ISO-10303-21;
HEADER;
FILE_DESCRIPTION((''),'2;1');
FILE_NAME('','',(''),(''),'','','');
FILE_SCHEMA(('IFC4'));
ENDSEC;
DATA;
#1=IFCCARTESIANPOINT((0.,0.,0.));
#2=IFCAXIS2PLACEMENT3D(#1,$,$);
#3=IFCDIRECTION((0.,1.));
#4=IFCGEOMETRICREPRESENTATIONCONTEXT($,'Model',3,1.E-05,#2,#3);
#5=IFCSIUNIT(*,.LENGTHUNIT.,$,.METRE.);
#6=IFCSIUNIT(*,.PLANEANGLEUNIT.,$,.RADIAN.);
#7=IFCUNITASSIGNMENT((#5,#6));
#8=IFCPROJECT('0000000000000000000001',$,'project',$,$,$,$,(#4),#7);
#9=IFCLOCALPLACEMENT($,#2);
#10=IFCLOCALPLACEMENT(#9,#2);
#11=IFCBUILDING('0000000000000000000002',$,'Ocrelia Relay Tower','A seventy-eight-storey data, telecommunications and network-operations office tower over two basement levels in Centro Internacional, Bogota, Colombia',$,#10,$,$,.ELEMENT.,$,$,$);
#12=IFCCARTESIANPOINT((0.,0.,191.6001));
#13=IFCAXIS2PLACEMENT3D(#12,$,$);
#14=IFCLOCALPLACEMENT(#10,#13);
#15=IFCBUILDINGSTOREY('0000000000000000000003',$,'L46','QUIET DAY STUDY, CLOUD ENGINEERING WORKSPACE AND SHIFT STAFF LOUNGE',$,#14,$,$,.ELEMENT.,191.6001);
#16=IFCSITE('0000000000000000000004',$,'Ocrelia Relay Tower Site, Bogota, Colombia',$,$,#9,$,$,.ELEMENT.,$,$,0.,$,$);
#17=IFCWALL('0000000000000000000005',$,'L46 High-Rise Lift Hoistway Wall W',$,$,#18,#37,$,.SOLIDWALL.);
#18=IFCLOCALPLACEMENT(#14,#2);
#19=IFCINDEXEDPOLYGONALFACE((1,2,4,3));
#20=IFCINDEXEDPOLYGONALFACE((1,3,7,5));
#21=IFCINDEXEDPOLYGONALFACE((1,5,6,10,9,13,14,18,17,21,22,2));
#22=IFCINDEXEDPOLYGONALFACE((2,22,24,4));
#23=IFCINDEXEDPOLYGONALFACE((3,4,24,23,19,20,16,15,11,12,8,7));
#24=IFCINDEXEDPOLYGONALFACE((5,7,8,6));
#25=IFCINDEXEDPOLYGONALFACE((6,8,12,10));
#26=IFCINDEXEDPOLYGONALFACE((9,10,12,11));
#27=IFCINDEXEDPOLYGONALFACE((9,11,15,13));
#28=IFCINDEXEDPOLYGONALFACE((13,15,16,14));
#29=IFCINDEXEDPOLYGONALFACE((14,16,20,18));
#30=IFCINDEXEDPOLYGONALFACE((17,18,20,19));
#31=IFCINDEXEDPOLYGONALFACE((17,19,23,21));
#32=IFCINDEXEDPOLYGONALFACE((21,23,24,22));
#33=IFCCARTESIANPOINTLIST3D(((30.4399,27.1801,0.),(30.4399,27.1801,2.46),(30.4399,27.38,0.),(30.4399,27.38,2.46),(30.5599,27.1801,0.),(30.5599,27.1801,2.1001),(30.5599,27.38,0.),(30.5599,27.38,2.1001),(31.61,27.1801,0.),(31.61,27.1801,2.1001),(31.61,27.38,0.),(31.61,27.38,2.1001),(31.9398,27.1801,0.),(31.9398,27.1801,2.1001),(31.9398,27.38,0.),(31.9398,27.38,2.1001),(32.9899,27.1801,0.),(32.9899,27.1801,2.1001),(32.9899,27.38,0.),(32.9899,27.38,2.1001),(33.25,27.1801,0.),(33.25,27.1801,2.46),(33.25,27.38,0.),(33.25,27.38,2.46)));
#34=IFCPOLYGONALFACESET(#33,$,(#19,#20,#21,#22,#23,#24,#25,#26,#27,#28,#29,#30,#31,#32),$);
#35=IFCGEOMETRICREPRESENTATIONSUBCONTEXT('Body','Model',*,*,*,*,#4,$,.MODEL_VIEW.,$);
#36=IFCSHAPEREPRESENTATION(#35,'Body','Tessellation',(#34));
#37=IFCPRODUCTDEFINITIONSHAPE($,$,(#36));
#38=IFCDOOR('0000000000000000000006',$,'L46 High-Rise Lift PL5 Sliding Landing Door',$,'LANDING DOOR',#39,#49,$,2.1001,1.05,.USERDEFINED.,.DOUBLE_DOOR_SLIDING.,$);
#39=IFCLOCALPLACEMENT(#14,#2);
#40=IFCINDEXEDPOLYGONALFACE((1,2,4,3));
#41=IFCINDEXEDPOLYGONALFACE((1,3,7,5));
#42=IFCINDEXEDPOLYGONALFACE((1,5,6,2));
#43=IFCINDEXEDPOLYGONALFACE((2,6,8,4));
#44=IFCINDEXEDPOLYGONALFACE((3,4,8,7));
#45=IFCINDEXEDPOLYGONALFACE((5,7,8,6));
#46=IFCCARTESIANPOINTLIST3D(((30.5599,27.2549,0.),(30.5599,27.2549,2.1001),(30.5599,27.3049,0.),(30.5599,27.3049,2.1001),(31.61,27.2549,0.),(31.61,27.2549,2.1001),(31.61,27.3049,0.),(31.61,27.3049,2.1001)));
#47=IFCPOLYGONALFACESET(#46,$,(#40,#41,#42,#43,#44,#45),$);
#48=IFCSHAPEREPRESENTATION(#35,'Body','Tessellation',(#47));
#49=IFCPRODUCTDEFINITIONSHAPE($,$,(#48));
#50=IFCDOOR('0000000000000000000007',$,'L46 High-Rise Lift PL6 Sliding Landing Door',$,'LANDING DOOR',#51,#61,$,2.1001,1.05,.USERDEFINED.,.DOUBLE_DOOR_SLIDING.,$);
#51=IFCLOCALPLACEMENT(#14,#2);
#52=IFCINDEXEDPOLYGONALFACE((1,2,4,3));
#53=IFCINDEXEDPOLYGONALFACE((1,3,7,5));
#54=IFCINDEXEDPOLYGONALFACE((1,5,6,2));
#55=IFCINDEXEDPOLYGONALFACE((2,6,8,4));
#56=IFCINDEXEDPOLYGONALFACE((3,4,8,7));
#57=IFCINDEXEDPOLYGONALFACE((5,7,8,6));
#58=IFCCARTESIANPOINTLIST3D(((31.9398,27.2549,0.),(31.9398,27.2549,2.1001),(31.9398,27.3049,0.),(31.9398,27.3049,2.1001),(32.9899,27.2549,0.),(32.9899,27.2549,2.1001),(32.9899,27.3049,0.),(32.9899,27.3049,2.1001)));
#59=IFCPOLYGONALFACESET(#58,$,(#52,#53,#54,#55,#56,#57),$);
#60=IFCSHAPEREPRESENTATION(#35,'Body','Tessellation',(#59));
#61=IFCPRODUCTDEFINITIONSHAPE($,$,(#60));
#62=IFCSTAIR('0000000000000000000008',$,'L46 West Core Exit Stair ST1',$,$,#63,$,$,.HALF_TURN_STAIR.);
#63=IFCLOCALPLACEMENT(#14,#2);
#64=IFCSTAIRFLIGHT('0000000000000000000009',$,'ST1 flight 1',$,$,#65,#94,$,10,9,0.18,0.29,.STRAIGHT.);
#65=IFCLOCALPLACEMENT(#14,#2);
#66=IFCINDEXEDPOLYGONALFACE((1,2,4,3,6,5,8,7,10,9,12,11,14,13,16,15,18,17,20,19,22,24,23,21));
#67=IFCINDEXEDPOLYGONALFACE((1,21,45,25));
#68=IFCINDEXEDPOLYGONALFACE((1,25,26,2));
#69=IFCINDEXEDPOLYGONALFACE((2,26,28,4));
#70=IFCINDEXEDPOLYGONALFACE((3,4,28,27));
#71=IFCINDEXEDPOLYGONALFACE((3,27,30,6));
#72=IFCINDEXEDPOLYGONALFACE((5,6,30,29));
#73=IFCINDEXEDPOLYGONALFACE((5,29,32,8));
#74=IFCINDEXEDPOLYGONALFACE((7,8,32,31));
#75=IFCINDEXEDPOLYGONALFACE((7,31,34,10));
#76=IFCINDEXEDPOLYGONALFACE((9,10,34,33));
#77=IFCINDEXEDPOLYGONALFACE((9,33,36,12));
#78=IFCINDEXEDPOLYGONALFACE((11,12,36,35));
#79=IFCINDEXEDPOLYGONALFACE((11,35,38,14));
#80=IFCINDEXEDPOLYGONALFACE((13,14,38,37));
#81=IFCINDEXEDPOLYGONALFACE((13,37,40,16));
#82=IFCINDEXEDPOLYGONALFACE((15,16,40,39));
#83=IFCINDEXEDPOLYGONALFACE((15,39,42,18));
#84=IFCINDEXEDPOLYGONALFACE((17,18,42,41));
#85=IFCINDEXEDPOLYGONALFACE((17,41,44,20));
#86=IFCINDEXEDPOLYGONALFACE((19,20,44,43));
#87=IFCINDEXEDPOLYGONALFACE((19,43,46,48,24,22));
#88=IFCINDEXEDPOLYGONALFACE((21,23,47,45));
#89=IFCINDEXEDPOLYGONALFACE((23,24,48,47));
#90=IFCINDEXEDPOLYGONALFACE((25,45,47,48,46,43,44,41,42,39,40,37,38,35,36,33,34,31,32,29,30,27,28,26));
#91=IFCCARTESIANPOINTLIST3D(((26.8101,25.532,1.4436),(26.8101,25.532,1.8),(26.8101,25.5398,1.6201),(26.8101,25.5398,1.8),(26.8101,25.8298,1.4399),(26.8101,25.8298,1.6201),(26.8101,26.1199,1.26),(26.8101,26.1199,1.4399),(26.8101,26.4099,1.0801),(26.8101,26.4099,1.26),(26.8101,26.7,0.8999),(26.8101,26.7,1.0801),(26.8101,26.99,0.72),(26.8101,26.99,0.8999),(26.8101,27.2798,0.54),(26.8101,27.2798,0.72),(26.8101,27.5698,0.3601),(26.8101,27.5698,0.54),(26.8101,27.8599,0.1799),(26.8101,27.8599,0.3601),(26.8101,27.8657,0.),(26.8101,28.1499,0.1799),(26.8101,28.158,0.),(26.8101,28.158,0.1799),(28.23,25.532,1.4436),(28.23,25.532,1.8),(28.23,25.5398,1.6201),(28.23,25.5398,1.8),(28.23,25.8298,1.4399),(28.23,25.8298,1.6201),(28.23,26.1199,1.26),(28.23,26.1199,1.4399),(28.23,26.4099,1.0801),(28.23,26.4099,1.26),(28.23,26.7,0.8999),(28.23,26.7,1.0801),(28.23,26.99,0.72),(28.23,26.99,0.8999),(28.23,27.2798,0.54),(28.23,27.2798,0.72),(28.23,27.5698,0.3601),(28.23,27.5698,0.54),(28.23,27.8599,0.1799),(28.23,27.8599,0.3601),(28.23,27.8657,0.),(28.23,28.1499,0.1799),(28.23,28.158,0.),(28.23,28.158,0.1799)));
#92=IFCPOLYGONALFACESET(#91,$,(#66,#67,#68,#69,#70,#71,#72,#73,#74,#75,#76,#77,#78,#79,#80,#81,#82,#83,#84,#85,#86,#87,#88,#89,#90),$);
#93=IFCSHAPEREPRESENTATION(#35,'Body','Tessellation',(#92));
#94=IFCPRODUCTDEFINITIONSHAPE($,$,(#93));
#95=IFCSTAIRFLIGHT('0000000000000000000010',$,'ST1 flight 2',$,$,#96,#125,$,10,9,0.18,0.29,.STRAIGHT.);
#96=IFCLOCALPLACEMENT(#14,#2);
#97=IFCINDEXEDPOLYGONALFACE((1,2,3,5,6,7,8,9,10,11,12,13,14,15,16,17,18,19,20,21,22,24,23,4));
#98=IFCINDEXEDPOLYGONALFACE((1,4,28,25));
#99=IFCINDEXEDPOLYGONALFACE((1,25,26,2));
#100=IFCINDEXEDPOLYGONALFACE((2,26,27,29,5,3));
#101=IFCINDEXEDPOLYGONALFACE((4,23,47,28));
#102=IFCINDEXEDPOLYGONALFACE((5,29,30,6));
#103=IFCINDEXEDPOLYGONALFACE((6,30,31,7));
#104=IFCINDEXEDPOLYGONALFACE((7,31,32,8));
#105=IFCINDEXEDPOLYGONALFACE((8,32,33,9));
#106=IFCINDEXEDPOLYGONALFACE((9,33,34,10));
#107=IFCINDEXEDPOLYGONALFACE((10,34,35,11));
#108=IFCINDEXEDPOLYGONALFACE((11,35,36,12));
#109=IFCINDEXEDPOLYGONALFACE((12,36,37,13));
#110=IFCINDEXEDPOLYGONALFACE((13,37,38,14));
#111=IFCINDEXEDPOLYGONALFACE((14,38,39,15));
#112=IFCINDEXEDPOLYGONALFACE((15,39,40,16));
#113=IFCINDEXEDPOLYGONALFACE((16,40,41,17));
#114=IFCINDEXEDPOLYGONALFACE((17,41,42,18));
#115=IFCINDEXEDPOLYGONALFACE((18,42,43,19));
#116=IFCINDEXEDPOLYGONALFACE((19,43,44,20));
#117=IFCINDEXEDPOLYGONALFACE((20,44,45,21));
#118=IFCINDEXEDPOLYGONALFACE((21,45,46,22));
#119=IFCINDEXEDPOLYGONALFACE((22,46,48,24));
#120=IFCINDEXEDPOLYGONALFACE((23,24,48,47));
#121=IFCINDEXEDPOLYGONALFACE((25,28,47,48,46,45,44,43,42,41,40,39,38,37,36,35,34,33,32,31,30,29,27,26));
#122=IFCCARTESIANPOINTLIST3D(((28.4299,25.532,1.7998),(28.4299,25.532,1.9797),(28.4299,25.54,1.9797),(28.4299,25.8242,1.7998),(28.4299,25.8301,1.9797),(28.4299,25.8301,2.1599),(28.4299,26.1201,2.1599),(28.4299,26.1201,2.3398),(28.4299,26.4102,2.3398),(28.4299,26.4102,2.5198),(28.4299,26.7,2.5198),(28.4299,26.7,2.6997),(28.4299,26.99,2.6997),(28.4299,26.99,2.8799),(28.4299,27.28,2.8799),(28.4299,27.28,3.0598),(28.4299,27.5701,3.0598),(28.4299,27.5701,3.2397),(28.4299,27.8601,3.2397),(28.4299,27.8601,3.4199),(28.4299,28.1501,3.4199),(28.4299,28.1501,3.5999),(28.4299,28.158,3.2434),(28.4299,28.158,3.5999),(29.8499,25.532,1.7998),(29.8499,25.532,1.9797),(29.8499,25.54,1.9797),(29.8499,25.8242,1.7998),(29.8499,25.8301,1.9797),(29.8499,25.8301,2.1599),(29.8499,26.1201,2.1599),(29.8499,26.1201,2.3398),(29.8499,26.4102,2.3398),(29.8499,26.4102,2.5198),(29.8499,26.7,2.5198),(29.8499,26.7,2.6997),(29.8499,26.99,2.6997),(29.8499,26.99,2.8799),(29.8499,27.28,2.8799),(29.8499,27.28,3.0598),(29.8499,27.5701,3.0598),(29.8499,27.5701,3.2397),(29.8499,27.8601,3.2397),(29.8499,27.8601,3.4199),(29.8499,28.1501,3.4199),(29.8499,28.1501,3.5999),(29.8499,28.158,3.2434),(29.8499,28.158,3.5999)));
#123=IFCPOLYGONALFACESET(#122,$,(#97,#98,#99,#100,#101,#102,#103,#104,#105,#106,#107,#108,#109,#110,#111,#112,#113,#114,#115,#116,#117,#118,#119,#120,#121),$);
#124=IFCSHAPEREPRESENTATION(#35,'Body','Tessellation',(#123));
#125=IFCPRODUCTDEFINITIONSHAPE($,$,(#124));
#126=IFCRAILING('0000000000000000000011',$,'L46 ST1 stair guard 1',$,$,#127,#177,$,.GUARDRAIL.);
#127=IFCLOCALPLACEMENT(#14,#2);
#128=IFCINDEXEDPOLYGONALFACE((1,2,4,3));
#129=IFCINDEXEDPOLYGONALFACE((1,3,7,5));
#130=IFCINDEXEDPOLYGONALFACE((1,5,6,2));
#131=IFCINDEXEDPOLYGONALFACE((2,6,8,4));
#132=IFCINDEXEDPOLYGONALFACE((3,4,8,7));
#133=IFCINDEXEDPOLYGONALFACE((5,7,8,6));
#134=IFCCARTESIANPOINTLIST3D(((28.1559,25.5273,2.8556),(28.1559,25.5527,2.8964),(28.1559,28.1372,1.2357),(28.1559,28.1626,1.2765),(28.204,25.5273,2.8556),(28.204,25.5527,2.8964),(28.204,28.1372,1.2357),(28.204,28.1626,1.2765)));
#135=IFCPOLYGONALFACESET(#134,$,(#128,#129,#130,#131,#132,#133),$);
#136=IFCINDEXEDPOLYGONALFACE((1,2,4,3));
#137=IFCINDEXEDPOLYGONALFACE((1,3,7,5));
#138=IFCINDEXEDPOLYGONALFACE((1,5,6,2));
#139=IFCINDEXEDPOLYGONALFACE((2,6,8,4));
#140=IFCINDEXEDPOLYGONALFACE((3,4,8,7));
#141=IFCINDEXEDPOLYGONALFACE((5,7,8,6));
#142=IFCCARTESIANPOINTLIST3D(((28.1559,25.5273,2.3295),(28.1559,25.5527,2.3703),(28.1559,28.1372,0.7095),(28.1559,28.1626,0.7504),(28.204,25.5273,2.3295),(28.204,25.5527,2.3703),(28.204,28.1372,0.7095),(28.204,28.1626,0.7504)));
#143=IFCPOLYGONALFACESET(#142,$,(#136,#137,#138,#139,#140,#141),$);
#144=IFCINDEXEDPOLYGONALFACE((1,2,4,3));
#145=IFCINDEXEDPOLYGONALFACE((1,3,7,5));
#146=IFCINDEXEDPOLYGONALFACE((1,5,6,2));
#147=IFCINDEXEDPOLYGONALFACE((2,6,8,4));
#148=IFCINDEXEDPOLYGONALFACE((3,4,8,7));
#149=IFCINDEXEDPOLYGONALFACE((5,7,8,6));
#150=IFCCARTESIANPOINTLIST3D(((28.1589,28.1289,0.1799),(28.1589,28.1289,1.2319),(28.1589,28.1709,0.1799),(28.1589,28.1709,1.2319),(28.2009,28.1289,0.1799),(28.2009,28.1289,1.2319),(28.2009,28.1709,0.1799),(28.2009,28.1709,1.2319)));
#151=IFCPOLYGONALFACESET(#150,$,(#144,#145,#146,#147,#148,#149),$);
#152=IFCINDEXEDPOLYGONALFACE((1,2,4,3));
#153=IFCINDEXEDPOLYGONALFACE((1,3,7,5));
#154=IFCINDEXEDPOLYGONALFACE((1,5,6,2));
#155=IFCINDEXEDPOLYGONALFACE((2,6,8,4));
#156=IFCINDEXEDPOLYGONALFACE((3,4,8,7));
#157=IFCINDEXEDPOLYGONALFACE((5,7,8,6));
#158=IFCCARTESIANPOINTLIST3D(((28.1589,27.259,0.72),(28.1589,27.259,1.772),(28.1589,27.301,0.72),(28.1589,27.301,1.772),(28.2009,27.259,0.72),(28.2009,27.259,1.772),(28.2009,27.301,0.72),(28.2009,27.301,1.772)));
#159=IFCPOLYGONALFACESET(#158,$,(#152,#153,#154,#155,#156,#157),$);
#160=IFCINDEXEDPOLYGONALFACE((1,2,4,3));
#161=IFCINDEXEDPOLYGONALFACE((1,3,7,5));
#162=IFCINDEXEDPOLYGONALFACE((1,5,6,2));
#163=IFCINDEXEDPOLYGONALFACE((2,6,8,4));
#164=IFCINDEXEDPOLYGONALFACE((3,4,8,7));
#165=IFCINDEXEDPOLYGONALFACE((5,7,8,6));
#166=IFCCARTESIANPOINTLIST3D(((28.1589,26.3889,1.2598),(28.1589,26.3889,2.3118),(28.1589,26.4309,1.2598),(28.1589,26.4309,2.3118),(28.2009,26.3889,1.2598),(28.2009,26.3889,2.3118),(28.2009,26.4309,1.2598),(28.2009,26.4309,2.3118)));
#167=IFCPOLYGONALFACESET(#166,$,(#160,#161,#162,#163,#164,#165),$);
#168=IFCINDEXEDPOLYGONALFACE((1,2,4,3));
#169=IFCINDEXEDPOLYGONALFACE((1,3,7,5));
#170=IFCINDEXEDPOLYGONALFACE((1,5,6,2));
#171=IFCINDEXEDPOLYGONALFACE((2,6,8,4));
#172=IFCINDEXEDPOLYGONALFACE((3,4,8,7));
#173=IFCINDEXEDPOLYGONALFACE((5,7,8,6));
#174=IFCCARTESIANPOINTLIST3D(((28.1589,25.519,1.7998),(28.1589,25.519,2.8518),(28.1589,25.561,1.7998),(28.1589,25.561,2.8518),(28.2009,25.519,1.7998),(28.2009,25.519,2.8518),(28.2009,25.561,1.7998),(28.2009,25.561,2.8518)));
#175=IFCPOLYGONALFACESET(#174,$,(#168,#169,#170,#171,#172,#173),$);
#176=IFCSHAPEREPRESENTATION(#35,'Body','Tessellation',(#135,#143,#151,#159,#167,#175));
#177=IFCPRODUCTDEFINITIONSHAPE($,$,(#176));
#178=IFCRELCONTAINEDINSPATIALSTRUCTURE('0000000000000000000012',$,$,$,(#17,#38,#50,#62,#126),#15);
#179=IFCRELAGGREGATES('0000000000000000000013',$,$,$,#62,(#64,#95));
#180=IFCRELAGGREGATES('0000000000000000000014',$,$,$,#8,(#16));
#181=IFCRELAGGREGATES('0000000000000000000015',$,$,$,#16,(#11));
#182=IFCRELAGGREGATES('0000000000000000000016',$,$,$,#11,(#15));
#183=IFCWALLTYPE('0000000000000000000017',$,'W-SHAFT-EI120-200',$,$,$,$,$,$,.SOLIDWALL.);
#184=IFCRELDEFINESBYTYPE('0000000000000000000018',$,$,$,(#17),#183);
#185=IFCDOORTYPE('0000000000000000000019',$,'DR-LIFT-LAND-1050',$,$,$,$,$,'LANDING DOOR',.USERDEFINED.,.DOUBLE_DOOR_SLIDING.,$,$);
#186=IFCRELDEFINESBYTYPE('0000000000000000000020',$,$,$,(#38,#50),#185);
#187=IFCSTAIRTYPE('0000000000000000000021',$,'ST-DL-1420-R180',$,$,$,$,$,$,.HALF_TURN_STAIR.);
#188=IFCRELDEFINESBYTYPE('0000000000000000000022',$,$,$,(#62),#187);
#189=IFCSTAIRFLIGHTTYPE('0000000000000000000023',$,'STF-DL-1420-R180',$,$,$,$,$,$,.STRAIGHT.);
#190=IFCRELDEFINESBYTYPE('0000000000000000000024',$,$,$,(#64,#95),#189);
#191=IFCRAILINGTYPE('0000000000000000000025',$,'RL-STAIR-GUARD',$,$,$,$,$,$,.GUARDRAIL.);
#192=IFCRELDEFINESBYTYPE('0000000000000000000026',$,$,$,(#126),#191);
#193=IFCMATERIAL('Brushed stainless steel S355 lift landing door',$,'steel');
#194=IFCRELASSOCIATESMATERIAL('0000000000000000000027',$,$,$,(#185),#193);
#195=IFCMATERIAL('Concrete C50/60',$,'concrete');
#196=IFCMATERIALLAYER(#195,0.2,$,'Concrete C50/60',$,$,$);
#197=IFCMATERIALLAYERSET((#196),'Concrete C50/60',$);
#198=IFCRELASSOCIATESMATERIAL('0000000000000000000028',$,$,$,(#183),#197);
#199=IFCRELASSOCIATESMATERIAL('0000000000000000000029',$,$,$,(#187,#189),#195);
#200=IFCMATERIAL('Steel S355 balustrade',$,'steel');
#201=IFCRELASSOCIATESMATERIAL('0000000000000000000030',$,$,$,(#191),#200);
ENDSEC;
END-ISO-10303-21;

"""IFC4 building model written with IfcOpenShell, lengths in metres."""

from ifc_helpers import new_model, si_unit, direction, frame, frame_2d, origin, origin_2d, place, context, subcontext, project, spatial, polyline, rectangle, outline, extrude, material, layer, layer_set, type_object, element, fill, aggregate, save


model = new_model("IFC4")

# Units and contexts
model_context = context("Model", 3, precision=1e-05, world=origin(), true_north=direction((0.0, 1.0)))
body_context = subcontext(model_context, "Body", "Model", "MODEL_VIEW")
ifc_project = project(units=[si_unit("LENGTHUNIT", "METRE"), si_unit("PLANEANGLEUNIT", "RADIAN")], contexts=[model_context])

# Site, building, storey
site_placement = place(None, origin())
site = spatial("IfcSite", under=ifc_project, at=site_placement, Name="Ocrelia Relay Tower Site, Bogota, Colombia", CompositionType="ELEMENT", RefElevation=0.0)
building_placement = place(site_placement, origin())
building = spatial("IfcBuilding", under=site, at=building_placement, Name="Ocrelia Relay Tower", Description="A seventy-eight-storey data, telecommunications and network-operations office tower over two basement levels in Centro Internacional, Bogota, Colombia", CompositionType="ELEMENT")
storey_placement = place(building_placement, frame((0.0, 0.0, 191.6001)))
storey = spatial("IfcBuildingStorey", under=building, at=storey_placement, Name="L46", Description="QUIET DAY STUDY, CLOUD ENGINEERING WORKSPACE AND SHIFT STAFF LOUNGE", CompositionType="ELEMENT", Elevation=191.6001)

# Shared definitions
ifc_material_1 = material(Name="Concrete C50/60", Category="concrete")

# Shared definitions
ifc_material_2 = material(Name="Brushed stainless steel S355 lift landing door", Category="steel")
door_type_1 = type_object("IfcDoorType", Name="DR-LIFT-LAND-1050", ElementType="LANDING DOOR", OperationType="DOUBLE_DOOR_SLIDING", PredefinedType="USERDEFINED", material=ifc_material_2)

# Wall, openings, doors
ifc_layer_1 = layer(ifc_material_1, 0.2, Name="Concrete C50/60")
ifc_layer_set_1 = layer_set([ifc_layer_1], Name="Concrete C50/60")
wall_type_1 = type_object("IfcWallType", Name="W-SHAFT-EI120-200", PredefinedType="SOLIDWALL", material=ifc_layer_set_1)
wall_1_placement = place(storey_placement, frame((30.4399, 27.28, 0.0), z_axis=(0.0, 0.0, 1.0), x_axis=(1.0, 0.0, 0.0)))
wall_1 = element("IfcWall", 1, at=wall_1_placement, inside=storey, type_object=wall_type_1, Name="L46 High-Rise Lift Hoistway Wall W", PredefinedType="SOLIDWALL", context=body_context, shape_type="SweptSolid", body=[
    extrude(rectangle(XDim=2.8101, YDim=0.2, at=frame_2d((1.405, 0.0))), origin(), (0.0, 0.0, 1.0), 2.46),
])
opening_1_placement = place(wall_1_placement, frame((0.1201, 0.0, 0.0)))
opening_1 = element("IfcOpeningElement", 2, at=opening_1_placement, cuts=wall_1, PredefinedType="OPENING", context=body_context, shape_type="SweptSolid", body=[
    extrude(rectangle(XDim=1.05, YDim=2.1001, at=frame_2d((0.5249, 1.05))), frame((0.0, 0.1099, 0.0), z_axis=(0.0, -1.0, 0.0), x_axis=(1.0, 0.0, 0.0)), (0.0, 0.0, 1.0), 0.22),
])
opening_2_placement = place(wall_1_placement, frame((1.5, 0.0, 0.0)))
opening_2 = element("IfcOpeningElement", 3, at=opening_2_placement, cuts=wall_1, PredefinedType="OPENING", context=body_context, shape_type="SweptSolid", body=[
    extrude(rectangle(XDim=1.05, YDim=2.1001, at=frame_2d((0.5249, 1.05))), frame((0.0, 0.1099, 0.0), z_axis=(0.0, -1.0, 0.0), x_axis=(1.0, 0.0, 0.0)), (0.0, 0.0, 1.0), 0.22),
])
door_1_placement = place(opening_1_placement, origin())
door_1 = element("IfcDoor", 4, at=door_1_placement, inside=storey, type_object=door_type_1, Name="L46 High-Rise Lift PL5 Sliding Landing Door", ObjectType="LANDING DOOR", OperationType="DOUBLE_DOOR_SLIDING", OverallHeight=2.1001, OverallWidth=1.05, PredefinedType="USERDEFINED", context=body_context, shape_type="SweptSolid", body=[
    extrude(rectangle(XDim=1.05, YDim=2.1001, at=frame_2d((0.5249, 1.05))), frame((0.0, 0.0249, 0.0), z_axis=(0.0, -1.0, 0.0), x_axis=(1.0, 0.0, 0.0)), (0.0, 0.0, 1.0), 0.05),
])
fill(opening_1, door_1)
door_2_placement = place(opening_2_placement, origin())
door_2 = element("IfcDoor", 5, at=door_2_placement, inside=storey, type_object=door_type_1, Name="L46 High-Rise Lift PL6 Sliding Landing Door", ObjectType="LANDING DOOR", OperationType="DOUBLE_DOOR_SLIDING", OverallHeight=2.1001, OverallWidth=1.05, PredefinedType="USERDEFINED", context=body_context, shape_type="SweptSolid", body=[
    extrude(rectangle(XDim=1.05, YDim=2.1001, at=frame_2d((0.5249, 1.05))), frame((0.0, 0.0249, 0.0), z_axis=(0.0, -1.0, 0.0), x_axis=(1.0, 0.0, 0.0)), (0.0, 0.0, 1.0), 0.05),
])
fill(opening_2, door_2)

# Stair, stair flights
stair_type = type_object("IfcStairType", Name="ST-DL-1420-R180", PredefinedType="HALF_TURN_STAIR", material=ifc_material_1)
stair_placement = place(storey_placement, origin())
stair = element("IfcStair", 6, at=stair_placement, inside=storey, type_object=stair_type, Name="L46 West Core Exit Stair ST1", PredefinedType="HALF_TURN_STAIR")
stair_flight_type = type_object("IfcStairFlightType", Name="STF-DL-1420-R180", PredefinedType="STRAIGHT", material=ifc_material_1)
stair_flight_1_placement = place(storey_placement, frame((27.52, 28.1499, 0.0), z_axis=(0.0, 0.0, 1.0), x_axis=(0.0, -1.0, 0.0)))
stair_flight_1 = element("IfcStairFlight", 7, at=stair_flight_1_placement, type_object=stair_flight_type, Name="ST1 flight 1", NumberOfRisers=10, NumberOfTreads=9, PredefinedType="STRAIGHT", RiserHeight=0.18, TreadLength=0.29, context=body_context, shape_type="SweptSolid", body=[
    extrude(outline(polyline([(-0.0081, 0.0), (-0.0081, 0.1799), (0.0, 0.1799), (0.29, 0.1799), (0.29, 0.3601), (0.5801, 0.3601), (0.5801, 0.54), (0.8701, 0.54), (0.8701, 0.72), (1.1599, 0.72), (1.1599, 0.8999), (1.45, 0.8999), (1.45, 1.0801), (1.74, 1.0801), (1.74, 1.26), (2.03, 1.26), (2.03, 1.4399), (2.3201, 1.4399), (2.3201, 1.6201), (2.6101, 1.6201), (2.6101, 1.8), (2.6179, 1.8), (2.6179, 1.4436), (0.2842, 0.0), (-0.0081, 0.0)])), frame((0.0, 0.71, 0.0), z_axis=(0.0, -1.0, 0.0), x_axis=(1.0, 0.0, 0.0)), (0.0, 0.0, 1.0), 1.4199),
])
stair_flight_2_placement = place(storey_placement, frame((29.1399, 25.54, 1.7998), z_axis=(0.0, 0.0, 1.0), x_axis=(0.0, 1.0, 0.0)))
stair_flight_2 = element("IfcStairFlight", 8, at=stair_flight_2_placement, type_object=stair_flight_type, Name="ST1 flight 2", NumberOfRisers=10, NumberOfTreads=9, PredefinedType="STRAIGHT", RiserHeight=0.18, TreadLength=0.29, context=body_context, shape_type="SweptSolid", body=[
    extrude(outline(polyline([(-0.0081, 0.0), (-0.0081, 0.1799), (0.0, 0.1799), (0.29, 0.1799), (0.29, 0.3601), (0.5801, 0.3601), (0.5801, 0.54), (0.8701, 0.54), (0.8701, 0.72), (1.1599, 0.72), (1.1599, 0.8999), (1.45, 0.8999), (1.45, 1.0801), (1.74, 1.0801), (1.74, 1.26), (2.03, 1.26), (2.03, 1.4399), (2.3201, 1.4399), (2.3201, 1.6201), (2.6101, 1.6201), (2.6101, 1.8), (2.6179, 1.8), (2.6179, 1.4436), (0.2842, 0.0), (-0.0081, 0.0)])), frame((0.0, 0.71, 0.0), z_axis=(0.0, -1.0, 0.0), x_axis=(1.0, 0.0, 0.0)), (0.0, 0.0, 1.0), 1.4199),
])
aggregate(stair, [stair_flight_1, stair_flight_2])

# Railing
ifc_material_3 = material(Name="Steel S355 balustrade", Category="steel")
railing_type_1 = type_object("IfcRailingType", Name="RL-STAIR-GUARD", PredefinedType="GUARDRAIL", material=ifc_material_3)
railing_1_placement = place(storey_placement, frame((28.1799, 28.1499, 0.1799)))
element("IfcRailing", 9, at=railing_1_placement, inside=storey, type_object=railing_type_1, Name="L46 ST1 stair guard 1", PredefinedType="GUARDRAIL", context=body_context, shape_type="SweptSolid", body=[
    extrude(rectangle(XDim=0.0481, YDim=0.0481, at=origin_2d()), frame((0.0, 0.0, 1.0762), z_axis=(0.0, -0.849646, 0.527353), x_axis=(1.0, 0.0, 0.0)), (0.0, 0.0, 1.0), 3.0718),
    extrude(rectangle(XDim=0.0481, YDim=0.0481, at=origin_2d()), frame((0.0, 0.0, 0.55), z_axis=(0.0, -0.849646, 0.527353), x_axis=(1.0, 0.0, 0.0)), (0.0, 0.0, 1.0), 3.0718),
    extrude(rectangle(XDim=0.042, YDim=0.042, at=origin_2d()), origin(), (0.0, 0.0, 1.0), 1.052),
    extrude(rectangle(XDim=0.042, YDim=0.042, at=origin_2d()), frame((0.0, -0.8699, 0.54)), (0.0, 0.0, 1.0), 1.052),
    extrude(rectangle(XDim=0.042, YDim=0.042, at=origin_2d()), frame((0.0, -1.74, 1.0798)), (0.0, 0.0, 1.0), 1.052),
    extrude(rectangle(XDim=0.042, YDim=0.042, at=origin_2d()), frame((0.0, -2.6099, 1.6199)), (0.0, 0.0, 1.0), 1.052),
])

save(model, "model.ifc")
